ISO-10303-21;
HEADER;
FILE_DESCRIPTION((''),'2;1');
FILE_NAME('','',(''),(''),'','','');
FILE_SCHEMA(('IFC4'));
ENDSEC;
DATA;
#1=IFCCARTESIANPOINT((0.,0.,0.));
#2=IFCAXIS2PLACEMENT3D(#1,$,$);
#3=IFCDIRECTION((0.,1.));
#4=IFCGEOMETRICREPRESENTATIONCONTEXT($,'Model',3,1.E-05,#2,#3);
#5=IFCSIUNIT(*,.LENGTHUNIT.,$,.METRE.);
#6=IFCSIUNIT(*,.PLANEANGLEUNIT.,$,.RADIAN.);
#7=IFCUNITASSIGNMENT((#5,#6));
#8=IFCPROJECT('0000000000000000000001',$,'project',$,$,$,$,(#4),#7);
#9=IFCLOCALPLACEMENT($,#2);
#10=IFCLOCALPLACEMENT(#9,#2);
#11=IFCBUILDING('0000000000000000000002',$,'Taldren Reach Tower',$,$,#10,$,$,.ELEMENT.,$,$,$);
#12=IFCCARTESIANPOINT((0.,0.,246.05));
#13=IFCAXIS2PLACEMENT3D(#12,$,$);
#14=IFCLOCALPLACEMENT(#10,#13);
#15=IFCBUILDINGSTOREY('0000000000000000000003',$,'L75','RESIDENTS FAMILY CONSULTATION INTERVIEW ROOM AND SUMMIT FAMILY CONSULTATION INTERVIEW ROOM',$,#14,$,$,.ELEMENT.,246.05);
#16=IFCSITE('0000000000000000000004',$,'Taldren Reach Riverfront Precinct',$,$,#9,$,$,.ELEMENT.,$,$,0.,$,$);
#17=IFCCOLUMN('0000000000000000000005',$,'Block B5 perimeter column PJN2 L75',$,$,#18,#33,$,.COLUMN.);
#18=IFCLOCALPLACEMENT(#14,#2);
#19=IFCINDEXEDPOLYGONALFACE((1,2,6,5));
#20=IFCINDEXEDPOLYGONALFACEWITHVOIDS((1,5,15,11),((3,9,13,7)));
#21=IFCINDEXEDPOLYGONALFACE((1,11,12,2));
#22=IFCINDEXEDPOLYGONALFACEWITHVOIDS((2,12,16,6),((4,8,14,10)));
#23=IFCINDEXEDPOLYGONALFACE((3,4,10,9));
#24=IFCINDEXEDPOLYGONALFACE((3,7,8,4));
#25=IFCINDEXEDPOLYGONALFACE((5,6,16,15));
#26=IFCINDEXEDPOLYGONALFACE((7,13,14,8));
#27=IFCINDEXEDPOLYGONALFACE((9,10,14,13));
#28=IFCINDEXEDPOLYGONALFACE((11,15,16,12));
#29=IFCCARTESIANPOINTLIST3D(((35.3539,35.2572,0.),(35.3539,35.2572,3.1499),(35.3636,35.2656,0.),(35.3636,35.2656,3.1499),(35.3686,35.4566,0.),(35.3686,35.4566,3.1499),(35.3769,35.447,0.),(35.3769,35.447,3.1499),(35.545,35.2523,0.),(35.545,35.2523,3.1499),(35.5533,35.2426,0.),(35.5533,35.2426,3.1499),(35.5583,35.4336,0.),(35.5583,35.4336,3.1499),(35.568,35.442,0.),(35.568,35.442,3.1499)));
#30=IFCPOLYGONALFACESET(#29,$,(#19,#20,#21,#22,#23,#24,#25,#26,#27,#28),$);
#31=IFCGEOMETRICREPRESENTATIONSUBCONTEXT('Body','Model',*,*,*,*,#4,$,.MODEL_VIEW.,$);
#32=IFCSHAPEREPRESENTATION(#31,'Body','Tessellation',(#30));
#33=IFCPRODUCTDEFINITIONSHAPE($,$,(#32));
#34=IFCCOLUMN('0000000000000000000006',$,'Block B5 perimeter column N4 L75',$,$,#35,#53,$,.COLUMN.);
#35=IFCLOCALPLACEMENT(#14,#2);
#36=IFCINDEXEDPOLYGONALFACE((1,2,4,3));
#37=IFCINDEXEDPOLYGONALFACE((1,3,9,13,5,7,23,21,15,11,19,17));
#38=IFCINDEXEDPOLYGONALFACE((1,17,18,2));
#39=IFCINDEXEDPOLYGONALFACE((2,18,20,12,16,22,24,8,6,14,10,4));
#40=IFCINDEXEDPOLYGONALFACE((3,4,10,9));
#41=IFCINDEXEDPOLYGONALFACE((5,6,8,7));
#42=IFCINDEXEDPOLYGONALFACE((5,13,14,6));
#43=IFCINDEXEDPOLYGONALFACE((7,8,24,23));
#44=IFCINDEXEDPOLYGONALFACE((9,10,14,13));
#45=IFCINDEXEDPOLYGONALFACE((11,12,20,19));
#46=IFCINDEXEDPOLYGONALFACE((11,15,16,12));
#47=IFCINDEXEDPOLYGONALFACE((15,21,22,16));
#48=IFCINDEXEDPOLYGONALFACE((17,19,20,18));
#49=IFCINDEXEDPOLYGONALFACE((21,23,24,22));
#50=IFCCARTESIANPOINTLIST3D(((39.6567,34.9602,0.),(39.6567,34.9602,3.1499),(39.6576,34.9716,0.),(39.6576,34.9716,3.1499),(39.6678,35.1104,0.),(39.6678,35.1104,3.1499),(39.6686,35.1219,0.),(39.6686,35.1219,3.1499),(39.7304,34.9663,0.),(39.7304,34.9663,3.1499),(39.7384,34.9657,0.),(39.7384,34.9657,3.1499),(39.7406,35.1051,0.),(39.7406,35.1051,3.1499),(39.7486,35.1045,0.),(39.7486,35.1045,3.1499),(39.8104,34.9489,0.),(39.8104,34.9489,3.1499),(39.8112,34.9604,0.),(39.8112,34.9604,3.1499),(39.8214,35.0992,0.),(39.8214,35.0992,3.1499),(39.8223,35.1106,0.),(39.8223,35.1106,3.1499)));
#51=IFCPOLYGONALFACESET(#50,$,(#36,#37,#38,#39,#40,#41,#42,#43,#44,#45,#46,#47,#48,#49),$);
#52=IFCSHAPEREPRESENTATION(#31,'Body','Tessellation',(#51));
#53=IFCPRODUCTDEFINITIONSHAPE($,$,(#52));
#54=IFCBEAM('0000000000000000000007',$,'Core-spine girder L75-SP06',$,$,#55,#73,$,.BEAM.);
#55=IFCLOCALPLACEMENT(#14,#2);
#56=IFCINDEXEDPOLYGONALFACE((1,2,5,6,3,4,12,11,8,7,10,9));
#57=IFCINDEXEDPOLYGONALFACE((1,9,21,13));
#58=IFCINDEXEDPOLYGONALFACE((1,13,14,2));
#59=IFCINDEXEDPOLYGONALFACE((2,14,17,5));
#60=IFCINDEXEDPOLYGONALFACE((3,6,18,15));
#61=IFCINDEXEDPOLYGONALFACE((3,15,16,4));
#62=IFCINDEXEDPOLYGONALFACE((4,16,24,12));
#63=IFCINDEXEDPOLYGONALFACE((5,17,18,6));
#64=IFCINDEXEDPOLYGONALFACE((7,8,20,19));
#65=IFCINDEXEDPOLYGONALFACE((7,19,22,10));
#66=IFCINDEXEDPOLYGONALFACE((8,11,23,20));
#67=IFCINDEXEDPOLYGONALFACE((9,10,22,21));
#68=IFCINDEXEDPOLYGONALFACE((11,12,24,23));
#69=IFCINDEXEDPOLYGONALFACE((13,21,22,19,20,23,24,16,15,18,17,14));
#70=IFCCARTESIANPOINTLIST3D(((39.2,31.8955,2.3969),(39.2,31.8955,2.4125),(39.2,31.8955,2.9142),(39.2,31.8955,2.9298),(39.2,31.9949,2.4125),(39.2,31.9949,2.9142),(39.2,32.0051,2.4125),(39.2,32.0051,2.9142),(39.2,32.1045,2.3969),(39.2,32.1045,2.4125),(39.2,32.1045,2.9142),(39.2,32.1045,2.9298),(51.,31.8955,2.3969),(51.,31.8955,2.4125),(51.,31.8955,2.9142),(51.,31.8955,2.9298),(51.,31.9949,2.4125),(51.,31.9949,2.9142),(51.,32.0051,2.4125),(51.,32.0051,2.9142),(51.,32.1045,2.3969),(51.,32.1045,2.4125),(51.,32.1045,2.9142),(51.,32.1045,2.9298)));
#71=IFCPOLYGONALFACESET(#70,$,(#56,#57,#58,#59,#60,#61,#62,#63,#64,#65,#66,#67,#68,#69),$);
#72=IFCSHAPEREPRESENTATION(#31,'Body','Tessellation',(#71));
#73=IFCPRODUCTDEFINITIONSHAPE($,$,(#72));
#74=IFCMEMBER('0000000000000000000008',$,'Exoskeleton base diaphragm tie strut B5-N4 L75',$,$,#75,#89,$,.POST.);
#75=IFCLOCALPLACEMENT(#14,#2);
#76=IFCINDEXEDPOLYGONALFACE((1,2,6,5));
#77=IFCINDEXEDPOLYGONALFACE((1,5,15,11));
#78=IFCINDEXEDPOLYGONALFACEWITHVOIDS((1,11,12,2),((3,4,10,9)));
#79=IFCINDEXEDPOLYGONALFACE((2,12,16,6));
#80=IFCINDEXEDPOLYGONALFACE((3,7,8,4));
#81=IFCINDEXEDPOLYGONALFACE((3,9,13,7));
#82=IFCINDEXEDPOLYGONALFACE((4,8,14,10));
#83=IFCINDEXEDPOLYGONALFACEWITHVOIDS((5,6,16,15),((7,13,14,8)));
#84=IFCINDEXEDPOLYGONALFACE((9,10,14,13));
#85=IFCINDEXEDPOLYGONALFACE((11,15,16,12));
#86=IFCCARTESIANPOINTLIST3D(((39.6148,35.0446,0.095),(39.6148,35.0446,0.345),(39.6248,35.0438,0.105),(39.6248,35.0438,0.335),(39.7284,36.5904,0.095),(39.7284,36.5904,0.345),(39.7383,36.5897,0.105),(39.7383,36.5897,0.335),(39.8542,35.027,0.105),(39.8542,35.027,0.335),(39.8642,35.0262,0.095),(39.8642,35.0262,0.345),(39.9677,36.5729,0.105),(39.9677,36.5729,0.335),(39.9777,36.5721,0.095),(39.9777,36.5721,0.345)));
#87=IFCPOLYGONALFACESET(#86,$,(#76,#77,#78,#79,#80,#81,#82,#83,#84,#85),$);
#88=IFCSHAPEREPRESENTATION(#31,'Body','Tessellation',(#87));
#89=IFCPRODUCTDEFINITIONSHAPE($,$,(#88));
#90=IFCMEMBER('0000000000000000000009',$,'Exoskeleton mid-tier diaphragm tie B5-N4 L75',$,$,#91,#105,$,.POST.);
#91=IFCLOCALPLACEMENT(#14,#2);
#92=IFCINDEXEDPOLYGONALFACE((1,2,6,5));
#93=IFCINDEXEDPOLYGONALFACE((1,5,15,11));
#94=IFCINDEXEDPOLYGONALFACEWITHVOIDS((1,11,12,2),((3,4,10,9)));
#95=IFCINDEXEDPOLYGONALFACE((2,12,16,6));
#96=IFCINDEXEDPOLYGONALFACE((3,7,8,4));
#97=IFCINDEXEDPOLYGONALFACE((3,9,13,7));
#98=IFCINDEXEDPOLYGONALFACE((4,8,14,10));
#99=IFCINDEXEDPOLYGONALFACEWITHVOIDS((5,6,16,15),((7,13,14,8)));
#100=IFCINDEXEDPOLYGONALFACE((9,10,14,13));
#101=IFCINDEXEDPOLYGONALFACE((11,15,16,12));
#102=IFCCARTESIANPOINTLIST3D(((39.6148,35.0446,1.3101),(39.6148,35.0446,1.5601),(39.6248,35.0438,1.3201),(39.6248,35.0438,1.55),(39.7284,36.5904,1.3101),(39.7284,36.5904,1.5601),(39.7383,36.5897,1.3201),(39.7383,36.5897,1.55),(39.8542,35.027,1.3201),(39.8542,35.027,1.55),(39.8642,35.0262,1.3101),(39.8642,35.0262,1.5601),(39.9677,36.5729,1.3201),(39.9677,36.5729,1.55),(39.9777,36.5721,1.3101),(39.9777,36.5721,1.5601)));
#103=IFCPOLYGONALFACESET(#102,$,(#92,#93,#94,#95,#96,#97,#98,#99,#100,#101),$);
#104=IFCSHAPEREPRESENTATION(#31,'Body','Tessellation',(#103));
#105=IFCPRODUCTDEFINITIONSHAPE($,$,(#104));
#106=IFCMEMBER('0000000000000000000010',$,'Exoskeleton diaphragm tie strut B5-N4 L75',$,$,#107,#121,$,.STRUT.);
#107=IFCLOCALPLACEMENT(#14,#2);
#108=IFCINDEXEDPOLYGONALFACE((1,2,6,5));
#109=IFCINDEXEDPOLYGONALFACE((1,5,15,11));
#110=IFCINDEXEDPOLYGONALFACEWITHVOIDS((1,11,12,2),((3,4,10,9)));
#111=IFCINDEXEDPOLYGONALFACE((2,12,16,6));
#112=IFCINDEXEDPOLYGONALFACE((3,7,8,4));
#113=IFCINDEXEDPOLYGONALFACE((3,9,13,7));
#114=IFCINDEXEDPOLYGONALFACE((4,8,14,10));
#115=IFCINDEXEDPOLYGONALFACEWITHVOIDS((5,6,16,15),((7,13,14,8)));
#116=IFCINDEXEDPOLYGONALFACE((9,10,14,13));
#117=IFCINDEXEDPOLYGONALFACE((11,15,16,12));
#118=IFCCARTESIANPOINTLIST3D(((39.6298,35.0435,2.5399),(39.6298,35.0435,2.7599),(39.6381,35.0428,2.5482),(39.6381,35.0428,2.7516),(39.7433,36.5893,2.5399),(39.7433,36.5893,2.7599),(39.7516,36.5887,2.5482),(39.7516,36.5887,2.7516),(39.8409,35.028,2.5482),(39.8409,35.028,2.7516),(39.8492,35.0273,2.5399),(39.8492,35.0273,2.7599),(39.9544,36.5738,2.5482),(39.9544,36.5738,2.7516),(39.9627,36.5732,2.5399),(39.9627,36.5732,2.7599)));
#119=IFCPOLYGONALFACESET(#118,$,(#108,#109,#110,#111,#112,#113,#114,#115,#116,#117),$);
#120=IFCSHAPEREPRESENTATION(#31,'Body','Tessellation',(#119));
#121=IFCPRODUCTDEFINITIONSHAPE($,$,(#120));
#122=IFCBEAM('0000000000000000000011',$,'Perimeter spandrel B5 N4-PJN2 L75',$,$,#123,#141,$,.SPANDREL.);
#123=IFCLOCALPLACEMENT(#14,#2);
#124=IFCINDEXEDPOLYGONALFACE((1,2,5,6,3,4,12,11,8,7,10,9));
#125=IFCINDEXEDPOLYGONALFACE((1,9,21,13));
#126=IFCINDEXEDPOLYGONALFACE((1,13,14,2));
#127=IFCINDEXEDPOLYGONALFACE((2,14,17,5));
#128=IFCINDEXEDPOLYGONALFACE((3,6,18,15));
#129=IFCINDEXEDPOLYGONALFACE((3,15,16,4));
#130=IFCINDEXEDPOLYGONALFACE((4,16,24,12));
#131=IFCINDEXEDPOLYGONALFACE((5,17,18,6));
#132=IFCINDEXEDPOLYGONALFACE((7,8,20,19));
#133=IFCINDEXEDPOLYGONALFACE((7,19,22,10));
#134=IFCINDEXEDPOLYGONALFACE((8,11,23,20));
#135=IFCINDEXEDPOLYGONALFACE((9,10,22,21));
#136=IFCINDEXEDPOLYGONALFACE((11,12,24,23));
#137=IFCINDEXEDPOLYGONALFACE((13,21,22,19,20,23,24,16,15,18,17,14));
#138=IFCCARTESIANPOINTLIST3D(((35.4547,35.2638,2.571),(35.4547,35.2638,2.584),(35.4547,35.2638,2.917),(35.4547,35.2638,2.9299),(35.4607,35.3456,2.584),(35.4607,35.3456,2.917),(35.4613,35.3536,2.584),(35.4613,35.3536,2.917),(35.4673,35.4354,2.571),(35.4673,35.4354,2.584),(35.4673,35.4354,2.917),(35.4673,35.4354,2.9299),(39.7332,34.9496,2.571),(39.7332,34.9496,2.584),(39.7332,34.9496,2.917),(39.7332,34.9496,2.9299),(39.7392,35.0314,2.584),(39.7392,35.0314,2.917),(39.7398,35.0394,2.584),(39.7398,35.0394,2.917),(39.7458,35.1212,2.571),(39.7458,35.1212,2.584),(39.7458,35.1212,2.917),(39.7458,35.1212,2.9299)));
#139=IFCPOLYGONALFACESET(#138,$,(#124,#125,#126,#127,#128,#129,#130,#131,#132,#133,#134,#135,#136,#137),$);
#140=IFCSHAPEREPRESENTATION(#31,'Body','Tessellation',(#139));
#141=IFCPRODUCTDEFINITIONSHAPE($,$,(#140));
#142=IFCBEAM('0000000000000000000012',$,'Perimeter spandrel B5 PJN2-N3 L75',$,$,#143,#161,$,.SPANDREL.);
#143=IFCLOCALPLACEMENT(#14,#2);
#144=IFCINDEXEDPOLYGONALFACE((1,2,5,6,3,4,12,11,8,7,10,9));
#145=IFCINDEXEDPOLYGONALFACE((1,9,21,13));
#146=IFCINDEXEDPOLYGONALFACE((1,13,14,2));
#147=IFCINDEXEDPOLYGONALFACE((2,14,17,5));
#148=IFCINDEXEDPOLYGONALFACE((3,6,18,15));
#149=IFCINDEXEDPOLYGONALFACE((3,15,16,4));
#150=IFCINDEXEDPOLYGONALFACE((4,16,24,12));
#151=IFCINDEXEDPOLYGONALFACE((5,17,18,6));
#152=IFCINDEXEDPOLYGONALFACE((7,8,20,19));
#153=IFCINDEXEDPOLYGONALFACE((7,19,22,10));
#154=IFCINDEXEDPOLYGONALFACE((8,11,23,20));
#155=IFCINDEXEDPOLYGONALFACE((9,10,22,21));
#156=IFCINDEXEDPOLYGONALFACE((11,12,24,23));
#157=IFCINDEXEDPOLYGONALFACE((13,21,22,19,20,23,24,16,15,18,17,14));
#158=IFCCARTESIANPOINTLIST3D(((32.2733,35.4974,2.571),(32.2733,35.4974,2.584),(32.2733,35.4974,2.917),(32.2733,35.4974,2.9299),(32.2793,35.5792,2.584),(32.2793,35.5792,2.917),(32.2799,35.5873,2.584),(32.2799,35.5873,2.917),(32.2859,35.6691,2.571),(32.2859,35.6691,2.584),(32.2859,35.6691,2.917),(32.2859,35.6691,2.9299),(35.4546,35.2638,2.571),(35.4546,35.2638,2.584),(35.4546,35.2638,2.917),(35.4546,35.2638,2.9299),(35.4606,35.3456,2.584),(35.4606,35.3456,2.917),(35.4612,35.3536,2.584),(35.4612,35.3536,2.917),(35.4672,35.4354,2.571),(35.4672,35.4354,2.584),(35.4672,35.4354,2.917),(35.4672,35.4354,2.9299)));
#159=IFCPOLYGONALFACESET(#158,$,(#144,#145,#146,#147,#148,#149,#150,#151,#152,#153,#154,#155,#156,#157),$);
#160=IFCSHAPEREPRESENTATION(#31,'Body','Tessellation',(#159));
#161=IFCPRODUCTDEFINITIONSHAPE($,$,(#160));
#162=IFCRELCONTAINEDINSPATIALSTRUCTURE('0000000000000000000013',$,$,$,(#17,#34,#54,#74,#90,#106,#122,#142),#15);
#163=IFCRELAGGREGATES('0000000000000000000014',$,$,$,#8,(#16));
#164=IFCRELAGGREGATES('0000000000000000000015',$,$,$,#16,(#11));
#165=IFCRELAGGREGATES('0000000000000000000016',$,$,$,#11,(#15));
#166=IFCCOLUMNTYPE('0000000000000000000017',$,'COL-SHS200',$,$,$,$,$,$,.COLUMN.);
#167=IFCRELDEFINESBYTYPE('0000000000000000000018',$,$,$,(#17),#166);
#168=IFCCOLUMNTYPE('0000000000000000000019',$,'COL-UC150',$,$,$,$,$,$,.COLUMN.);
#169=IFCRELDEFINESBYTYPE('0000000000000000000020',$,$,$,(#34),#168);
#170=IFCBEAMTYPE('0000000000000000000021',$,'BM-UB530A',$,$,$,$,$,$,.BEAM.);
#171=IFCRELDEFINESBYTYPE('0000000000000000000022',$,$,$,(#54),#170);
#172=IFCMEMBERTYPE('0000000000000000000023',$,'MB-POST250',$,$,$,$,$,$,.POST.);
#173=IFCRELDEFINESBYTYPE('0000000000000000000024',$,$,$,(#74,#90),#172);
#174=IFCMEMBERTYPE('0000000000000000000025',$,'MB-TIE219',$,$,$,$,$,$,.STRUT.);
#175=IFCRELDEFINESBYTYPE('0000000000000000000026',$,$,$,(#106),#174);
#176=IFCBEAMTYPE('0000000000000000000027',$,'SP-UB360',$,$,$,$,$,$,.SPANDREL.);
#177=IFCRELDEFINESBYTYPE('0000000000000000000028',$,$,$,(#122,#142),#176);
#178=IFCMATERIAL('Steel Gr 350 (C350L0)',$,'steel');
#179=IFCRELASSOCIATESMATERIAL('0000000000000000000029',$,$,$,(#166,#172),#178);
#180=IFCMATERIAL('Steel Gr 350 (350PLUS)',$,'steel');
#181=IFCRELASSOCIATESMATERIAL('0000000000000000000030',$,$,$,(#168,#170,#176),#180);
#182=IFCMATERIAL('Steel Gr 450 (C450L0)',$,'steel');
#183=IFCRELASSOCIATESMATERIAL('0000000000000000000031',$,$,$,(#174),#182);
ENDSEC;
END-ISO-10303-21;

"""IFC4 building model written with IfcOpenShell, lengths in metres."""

from ifc_helpers import new_model, si_unit, direction, frame, origin, origin_2d, place, context, subcontext, project, spatial, hollow_rectangle, i_section, extrude, source, transform, mapped, material, material_profile, profile_set, type_object, element, save


model = new_model("IFC4")

# Units and contexts
model_context = context("Model", 3, precision=1e-05, world=origin(), true_north=direction((0.0, 1.0)))
body_context = subcontext(model_context, "Body", "Model", "MODEL_VIEW")
ifc_project = project(units=[si_unit("LENGTHUNIT", "METRE"), si_unit("PLANEANGLEUNIT", "RADIAN")], contexts=[model_context])

# Site, building, storey
site_placement = place(None, origin())
site = spatial("IfcSite", under=ifc_project, at=site_placement, Name="Taldren Reach Riverfront Precinct", CompositionType="ELEMENT", RefElevation=0.0)
building_placement = place(site_placement, origin())
building = spatial("IfcBuilding", under=site, at=building_placement, Name="Taldren Reach Tower", CompositionType="ELEMENT")
storey_placement = place(building_placement, frame((0.0, 0.0, 246.05)))
storey = spatial("IfcBuildingStorey", under=building, at=storey_placement, Name="L75", Description="RESIDENTS FAMILY CONSULTATION INTERVIEW ROOM AND SUMMIT FAMILY CONSULTATION INTERVIEW ROOM", CompositionType="ELEMENT", Elevation=246.05)

# Columns
ifc_material_1 = material(Name="Steel Gr 350 (C350L0)", Category="steel")
ifc_material_profile_1 = material_profile(ifc_material_1, hollow_rectangle(XDim=0.2, YDim=0.2, WallThickness=0.009, at=origin_2d()), Name="200x200x9.0SHS")
ifc_profile_set_1 = profile_set([ifc_material_profile_1], Name="Steel Gr 350 (C350L0)")
column_type_1 = type_object("IfcColumnType", Name="COL-SHS200", PredefinedType="COLUMN", material=ifc_profile_set_1)
shared_shape_1 = source(origin(), body_context, "Body", "SweptSolid", [
    extrude(hollow_rectangle(XDim=0.2, YDim=0.2, WallThickness=0.009, at=origin_2d()), origin(), (0.0, 0.0, 1.0), 3.1499),
])
column_1_placement = place(storey_placement, frame((35.4609, 35.3496, 0.0), z_axis=(0.0, 0.0, 1.0), x_axis=(0.997314, -0.073238, 0.0)))
element("IfcColumn", 1, at=column_1_placement, inside=storey, type_object=column_type_1, Name="Block B5 perimeter column PJN2 L75", PredefinedType="COLUMN", context=body_context, shape_type="MappedRepresentation", body=[
    mapped(shared_shape_1, transform((0.0, 0.0, 0.0), scale=1.0)),
])
ifc_material_2 = material(Name="Steel Gr 350 (350PLUS)", Category="steel")
ifc_material_profile_2 = material_profile(ifc_material_2, i_section(OverallWidth=0.1541, OverallDepth=0.1621, WebThickness=0.0081, FlangeThickness=0.0115, at=origin_2d()), Name="150UC37.2")
ifc_profile_set_2 = profile_set([ifc_material_profile_2], Name="Steel Gr 350 (350PLUS)")
column_type_2 = type_object("IfcColumnType", Name="COL-UC150", PredefinedType="COLUMN", material=ifc_profile_set_2)
shared_shape_2 = source(origin(), body_context, "Body", "SweptSolid", [
    extrude(i_section(OverallWidth=0.1541, OverallDepth=0.1621, WebThickness=0.0081, FlangeThickness=0.0115, at=origin_2d()), origin(), (0.0, 0.0, 1.0), 3.1499),
])
column_2_placement = place(storey_placement, frame((39.7395, 35.0354, 0.0), z_axis=(0.0, 0.0, 1.0), x_axis=(0.997314, -0.073238, 0.0)))
element("IfcColumn", 2, at=column_2_placement, inside=storey, type_object=column_type_2, Name="Block B5 perimeter column N4 L75", PredefinedType="COLUMN", context=body_context, shape_type="MappedRepresentation", body=[
    mapped(shared_shape_2, transform((0.0, 0.0, 0.0), scale=1.0)),
])

# Beam
ifc_material_profile_3 = material_profile(ifc_material_2, i_section(OverallWidth=0.209, OverallDepth=0.533, WebThickness=0.0103, FlangeThickness=0.0156, at=origin_2d()), Name="530UB92.4")
ifc_profile_set_3 = profile_set([ifc_material_profile_3], Name="Steel Gr 350 (350PLUS)")
beam_type_1 = type_object("IfcBeamType", Name="BM-UB530A", PredefinedType="BEAM", material=ifc_profile_set_3)
shared_shape_3 = source(origin(), body_context, "Body", "SweptSolid", [
    extrude(i_section(OverallWidth=0.209, OverallDepth=0.533, WebThickness=0.0103, FlangeThickness=0.0156, at=origin_2d()), origin(), (0.0, 0.0, 1.0), 11.8),
])
beam_1_placement = place(storey_placement, frame((39.2, 32.0, 2.6633), z_axis=(1.0, 0.0, 0.0), x_axis=(0.0, 1.0, 0.0)))
element("IfcBeam", 3, at=beam_1_placement, inside=storey, type_object=beam_type_1, Name="Core-spine girder L75-SP06", PredefinedType="BEAM", context=body_context, shape_type="MappedRepresentation", body=[
    mapped(shared_shape_3, transform((0.0, 0.0, 0.0), scale=1.0)),
])

# Members
ifc_material_profile_4 = material_profile(ifc_material_1, hollow_rectangle(XDim=0.25, YDim=0.25, WallThickness=0.01, at=origin_2d()), Name="250x250x10.0SHS")
ifc_profile_set_4 = profile_set([ifc_material_profile_4], Name="Steel Gr 350 (C350L0)")
member_type_1 = type_object("IfcMemberType", Name="MB-POST250", PredefinedType="POST", material=ifc_profile_set_4)
shared_shape_4 = source(origin(), body_context, "Body", "SweptSolid", [
    extrude(hollow_rectangle(XDim=0.25, YDim=0.25, WallThickness=0.01, at=origin_2d()), origin(), (0.0, 0.0, 1.0), 1.55),
])
for number, where, z_axis, x_axis, name in (
    (4, (39.7395, 35.0354, 0.22), (0.073239, 0.997314, 0.0), (-0.997314, 0.073239, 0.0), "Exoskeleton base diaphragm tie strut B5-N4 L75"),
    (5, (39.7395, 35.0354, 1.4351), (0.073239, 0.997314, 0.0), (-0.997314, 0.073239, 0.0), "Exoskeleton mid-tier diaphragm tie B5-N4 L75"),
):
    element("IfcMember", number, at=place(storey_placement, frame(where, z_axis=z_axis, x_axis=x_axis)), inside=storey, type_object=member_type_1, Name=name, PredefinedType="POST", context=body_context, shape_type="MappedRepresentation", body=[
        mapped(shared_shape_4, transform((0.0, 0.0, 0.0), scale=1.0)),
    ])
ifc_material_3 = material(Name="Steel Gr 450 (C450L0)", Category="steel")
ifc_material_profile_5 = material_profile(ifc_material_3, hollow_rectangle(XDim=0.22, YDim=0.22, WallThickness=0.0083, at=origin_2d()), Name="220x220x8.2SHS")
ifc_profile_set_5 = profile_set([ifc_material_profile_5], Name="Steel Gr 450 (C450L0)")
member_type_2 = type_object("IfcMemberType", Name="MB-TIE219", PredefinedType="STRUT", material=ifc_profile_set_5)
shared_shape_5 = source(origin(), body_context, "Body", "SweptSolid", [
    extrude(hollow_rectangle(XDim=0.22, YDim=0.22, WallThickness=0.0083, at=origin_2d()), origin(), (0.0, 0.0, 1.0), 1.55),
])
member_1_placement = place(storey_placement, frame((39.7395, 35.0354, 2.6499), z_axis=(0.073239, 0.997314, 0.0), x_axis=(-0.997314, 0.073239, 0.0)))
element("IfcMember", 6, at=member_1_placement, inside=storey, type_object=member_type_2, Name="Exoskeleton diaphragm tie strut B5-N4 L75", PredefinedType="STRUT", context=body_context, shape_type="MappedRepresentation", body=[
    mapped(shared_shape_5, transform((0.0, 0.0, 0.0), scale=1.0)),
])

# Beams
ifc_material_profile_6 = material_profile(ifc_material_2, i_section(OverallWidth=0.1721, OverallDepth=0.3589, WebThickness=0.0081, FlangeThickness=0.0129, at=origin_2d()), Name="360UB56.7")
ifc_profile_set_6 = profile_set([ifc_material_profile_6], Name="Steel Gr 350 (350PLUS)")
beam_type_2 = type_object("IfcBeamType", Name="SP-UB360", PredefinedType="SPANDREL", material=ifc_profile_set_6)
shared_shape_6 = source(origin(), body_context, "Body", "SweptSolid", [
    extrude(i_section(OverallWidth=0.1721, OverallDepth=0.3589, WebThickness=0.0081, FlangeThickness=0.0129, at=origin_2d()), origin(), (0.0, 0.0, 1.0), 4.29),
])
beam_2_placement = place(storey_placement, frame((39.7395, 35.0354, 2.7505), z_axis=(-0.997314, 0.073241, 0.0), x_axis=(-0.073241, -0.997314, 0.0)))
element("IfcBeam", 7, at=beam_2_placement, inside=storey, type_object=beam_type_2, Name="Perimeter spandrel B5 N4-PJN2 L75", PredefinedType="SPANDREL", context=body_context, shape_type="MappedRepresentation", body=[
    mapped(shared_shape_6, transform((0.0, 0.0, 0.0), scale=1.0)),
])
shared_shape_7 = source(origin(), body_context, "Body", "SweptSolid", [
    extrude(i_section(OverallWidth=0.1721, OverallDepth=0.3589, WebThickness=0.0081, FlangeThickness=0.0129, at=origin_2d()), origin(), (0.0, 0.0, 1.0), 3.1899),
])
beam_3_placement = place(storey_placement, frame((35.4609, 35.3496, 2.7505), z_axis=(-0.997314, 0.073243, 0.0), x_axis=(-0.073243, -0.997314, 0.0)))
element("IfcBeam", 8, at=beam_3_placement, inside=storey, type_object=beam_type_2, Name="Perimeter spandrel B5 PJN2-N3 L75", PredefinedType="SPANDREL", context=body_context, shape_type="MappedRepresentation", body=[
    mapped(shared_shape_7, transform((0.0, 0.0, 0.0), scale=1.0)),
])

save(model, "model.ifc")
